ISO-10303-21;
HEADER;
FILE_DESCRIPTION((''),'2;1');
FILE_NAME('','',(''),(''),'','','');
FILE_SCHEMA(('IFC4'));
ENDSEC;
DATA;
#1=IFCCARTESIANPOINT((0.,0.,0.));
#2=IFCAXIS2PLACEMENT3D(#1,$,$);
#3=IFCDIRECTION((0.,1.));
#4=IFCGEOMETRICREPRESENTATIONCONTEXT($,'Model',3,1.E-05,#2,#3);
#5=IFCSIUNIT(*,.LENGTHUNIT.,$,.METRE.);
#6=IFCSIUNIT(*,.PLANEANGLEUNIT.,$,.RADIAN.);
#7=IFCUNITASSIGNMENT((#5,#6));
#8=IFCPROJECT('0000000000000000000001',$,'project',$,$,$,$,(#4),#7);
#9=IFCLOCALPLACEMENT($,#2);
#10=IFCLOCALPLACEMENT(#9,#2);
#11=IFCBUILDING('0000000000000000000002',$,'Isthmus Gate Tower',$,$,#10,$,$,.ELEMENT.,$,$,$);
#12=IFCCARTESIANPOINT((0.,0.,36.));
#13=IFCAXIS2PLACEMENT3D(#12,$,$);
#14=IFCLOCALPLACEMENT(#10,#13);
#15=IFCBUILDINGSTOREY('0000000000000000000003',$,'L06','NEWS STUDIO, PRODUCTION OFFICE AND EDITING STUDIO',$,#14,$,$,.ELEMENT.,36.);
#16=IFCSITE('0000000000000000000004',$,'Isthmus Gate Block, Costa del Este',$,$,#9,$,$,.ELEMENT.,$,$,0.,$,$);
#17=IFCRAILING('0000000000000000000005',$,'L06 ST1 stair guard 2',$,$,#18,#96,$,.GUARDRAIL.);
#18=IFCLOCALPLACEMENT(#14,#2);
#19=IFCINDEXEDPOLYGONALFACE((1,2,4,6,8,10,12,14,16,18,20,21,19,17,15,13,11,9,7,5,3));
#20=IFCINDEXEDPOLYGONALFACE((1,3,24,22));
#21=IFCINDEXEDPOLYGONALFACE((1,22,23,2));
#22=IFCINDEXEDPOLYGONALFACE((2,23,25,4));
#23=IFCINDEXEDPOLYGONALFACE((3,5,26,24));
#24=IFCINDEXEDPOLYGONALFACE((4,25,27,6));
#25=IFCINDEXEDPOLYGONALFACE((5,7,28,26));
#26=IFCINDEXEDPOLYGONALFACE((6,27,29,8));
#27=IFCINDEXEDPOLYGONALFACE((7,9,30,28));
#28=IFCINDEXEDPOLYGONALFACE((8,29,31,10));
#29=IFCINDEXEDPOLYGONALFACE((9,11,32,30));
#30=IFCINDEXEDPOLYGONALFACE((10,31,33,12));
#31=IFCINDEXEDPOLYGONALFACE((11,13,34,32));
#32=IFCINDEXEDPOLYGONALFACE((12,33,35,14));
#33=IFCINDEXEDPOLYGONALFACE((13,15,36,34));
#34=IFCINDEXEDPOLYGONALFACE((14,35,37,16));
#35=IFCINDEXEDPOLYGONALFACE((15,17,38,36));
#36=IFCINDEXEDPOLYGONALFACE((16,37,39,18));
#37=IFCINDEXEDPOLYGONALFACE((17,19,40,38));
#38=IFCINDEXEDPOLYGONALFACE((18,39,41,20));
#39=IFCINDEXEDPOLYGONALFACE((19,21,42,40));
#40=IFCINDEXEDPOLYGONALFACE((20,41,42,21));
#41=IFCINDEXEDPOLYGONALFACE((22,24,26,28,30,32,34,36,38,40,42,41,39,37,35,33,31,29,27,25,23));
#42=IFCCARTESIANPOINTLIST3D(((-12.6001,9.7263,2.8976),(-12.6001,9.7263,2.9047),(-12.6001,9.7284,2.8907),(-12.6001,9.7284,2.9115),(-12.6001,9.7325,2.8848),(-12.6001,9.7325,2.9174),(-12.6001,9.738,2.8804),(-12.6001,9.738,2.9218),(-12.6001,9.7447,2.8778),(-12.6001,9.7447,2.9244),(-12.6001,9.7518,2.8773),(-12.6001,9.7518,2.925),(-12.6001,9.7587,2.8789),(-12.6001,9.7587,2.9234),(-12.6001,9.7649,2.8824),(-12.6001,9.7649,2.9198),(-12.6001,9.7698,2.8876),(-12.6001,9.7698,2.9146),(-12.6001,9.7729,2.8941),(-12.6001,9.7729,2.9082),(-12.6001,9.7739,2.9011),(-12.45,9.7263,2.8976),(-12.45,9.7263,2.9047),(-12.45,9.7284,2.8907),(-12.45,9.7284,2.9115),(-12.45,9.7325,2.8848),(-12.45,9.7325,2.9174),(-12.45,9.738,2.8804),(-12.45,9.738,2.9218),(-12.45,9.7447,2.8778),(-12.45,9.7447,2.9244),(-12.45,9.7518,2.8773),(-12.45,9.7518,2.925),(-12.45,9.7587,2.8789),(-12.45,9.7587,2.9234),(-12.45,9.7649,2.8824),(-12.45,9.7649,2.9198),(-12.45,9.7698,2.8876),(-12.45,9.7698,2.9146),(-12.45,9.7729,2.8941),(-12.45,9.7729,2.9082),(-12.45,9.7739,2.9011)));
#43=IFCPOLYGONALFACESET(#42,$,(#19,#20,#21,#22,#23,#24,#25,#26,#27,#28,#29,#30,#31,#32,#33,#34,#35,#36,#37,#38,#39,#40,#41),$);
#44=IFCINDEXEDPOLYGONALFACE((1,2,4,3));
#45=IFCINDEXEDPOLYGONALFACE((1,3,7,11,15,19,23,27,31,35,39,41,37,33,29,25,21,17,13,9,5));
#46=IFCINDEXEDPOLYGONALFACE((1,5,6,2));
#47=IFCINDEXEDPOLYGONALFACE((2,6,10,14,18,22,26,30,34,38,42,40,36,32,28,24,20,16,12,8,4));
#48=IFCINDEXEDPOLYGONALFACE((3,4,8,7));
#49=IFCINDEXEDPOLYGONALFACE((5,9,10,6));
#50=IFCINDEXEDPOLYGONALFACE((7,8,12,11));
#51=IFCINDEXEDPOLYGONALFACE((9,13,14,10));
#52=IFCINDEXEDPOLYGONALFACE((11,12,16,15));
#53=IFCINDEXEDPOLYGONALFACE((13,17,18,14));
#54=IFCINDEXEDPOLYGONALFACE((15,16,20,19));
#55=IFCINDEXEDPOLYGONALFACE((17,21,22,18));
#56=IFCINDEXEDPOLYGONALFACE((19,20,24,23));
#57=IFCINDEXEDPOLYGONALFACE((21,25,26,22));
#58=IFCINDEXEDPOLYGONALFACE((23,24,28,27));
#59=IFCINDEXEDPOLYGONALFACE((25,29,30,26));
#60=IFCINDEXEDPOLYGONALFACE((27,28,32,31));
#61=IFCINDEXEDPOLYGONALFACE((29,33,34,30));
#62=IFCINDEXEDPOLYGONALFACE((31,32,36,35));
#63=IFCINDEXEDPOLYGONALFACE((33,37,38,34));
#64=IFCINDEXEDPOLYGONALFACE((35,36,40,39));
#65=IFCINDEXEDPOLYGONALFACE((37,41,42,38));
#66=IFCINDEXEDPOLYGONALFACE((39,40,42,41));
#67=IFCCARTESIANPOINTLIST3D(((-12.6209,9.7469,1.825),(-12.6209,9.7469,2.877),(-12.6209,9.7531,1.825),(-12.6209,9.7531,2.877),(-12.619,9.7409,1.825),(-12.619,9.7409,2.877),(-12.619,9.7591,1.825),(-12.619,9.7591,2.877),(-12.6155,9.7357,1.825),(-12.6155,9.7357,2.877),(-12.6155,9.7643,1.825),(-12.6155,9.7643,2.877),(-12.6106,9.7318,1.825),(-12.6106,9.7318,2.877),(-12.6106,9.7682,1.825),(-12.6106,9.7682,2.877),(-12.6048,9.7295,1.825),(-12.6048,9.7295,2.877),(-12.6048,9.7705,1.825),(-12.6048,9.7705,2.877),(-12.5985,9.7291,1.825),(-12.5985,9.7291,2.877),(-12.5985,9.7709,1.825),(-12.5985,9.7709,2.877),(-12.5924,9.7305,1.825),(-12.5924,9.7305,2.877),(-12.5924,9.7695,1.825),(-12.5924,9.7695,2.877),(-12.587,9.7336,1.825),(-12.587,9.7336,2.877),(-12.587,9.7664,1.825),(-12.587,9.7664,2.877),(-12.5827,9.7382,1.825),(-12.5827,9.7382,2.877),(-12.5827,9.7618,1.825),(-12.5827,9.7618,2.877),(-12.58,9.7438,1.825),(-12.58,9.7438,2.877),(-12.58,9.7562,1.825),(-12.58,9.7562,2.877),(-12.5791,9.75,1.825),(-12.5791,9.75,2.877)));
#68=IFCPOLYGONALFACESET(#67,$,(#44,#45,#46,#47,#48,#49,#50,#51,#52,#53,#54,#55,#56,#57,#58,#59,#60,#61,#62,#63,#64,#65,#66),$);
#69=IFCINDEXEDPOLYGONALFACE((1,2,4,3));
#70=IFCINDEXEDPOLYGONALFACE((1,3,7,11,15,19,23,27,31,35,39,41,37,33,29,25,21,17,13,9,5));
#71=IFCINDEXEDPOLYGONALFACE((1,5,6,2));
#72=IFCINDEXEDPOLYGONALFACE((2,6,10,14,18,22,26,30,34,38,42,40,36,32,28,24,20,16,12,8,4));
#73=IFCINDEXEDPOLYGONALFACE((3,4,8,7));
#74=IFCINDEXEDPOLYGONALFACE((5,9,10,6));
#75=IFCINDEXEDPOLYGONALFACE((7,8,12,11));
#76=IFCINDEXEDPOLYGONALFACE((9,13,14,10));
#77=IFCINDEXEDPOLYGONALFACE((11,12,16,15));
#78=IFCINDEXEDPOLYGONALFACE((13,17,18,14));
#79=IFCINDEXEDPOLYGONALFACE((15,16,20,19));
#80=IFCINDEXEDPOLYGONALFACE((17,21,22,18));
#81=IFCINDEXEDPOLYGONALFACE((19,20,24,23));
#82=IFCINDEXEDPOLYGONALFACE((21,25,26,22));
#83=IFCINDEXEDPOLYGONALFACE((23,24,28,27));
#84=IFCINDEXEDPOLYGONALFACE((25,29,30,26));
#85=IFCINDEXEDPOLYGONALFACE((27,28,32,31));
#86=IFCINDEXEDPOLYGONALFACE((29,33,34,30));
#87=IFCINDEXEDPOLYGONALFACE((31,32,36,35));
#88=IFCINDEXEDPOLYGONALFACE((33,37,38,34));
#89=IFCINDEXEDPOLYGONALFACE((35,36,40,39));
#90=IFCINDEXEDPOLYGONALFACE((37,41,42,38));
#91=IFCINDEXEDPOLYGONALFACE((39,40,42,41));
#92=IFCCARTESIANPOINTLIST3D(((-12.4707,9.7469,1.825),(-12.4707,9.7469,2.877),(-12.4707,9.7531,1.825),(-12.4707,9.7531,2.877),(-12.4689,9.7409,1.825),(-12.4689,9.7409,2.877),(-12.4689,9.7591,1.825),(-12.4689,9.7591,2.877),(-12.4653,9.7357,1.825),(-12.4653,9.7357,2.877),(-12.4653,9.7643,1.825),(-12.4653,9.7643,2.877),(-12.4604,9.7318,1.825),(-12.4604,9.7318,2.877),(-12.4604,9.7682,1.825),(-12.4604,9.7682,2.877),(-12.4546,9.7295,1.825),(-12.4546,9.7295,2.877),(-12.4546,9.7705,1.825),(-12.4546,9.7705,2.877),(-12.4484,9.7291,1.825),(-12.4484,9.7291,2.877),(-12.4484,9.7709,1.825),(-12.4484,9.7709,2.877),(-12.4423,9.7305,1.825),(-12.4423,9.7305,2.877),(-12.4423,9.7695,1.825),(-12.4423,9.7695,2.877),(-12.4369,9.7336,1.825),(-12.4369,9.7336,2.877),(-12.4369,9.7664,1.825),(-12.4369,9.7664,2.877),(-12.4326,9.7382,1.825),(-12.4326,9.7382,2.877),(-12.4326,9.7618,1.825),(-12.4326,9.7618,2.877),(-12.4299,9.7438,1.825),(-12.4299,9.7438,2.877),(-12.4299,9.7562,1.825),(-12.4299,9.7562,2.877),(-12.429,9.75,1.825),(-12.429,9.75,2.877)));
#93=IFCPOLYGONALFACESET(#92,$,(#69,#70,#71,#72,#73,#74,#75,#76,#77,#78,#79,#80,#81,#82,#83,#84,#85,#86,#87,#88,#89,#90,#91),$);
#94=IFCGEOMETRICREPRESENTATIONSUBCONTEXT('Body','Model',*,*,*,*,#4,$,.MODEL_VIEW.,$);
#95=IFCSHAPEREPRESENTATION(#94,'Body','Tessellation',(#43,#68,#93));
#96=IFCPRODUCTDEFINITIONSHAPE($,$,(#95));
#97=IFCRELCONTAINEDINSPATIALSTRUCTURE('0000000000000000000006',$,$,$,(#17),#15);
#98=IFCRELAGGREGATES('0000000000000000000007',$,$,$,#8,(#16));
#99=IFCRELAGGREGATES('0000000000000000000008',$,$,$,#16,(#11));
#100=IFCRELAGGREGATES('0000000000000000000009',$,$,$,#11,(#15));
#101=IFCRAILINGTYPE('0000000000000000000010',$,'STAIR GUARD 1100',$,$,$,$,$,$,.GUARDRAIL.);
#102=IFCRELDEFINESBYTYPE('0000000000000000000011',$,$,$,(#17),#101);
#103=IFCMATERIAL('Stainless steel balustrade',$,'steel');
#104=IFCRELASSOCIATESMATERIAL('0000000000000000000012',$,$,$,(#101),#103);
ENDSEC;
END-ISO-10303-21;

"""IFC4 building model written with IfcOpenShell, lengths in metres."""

from ifc_helpers import new_model, si_unit, direction, frame, origin, origin_2d, place, context, subcontext, project, spatial, circle, extrude, material, type_object, element, save


model = new_model("IFC4")

# Units and contexts
model_context = context("Model", 3, precision=1e-05, world=origin(), true_north=direction((0.0, 1.0)))
body_context = subcontext(model_context, "Body", "Model", "MODEL_VIEW")
ifc_project = project(units=[si_unit("LENGTHUNIT", "METRE"), si_unit("PLANEANGLEUNIT", "RADIAN")], contexts=[model_context])

# Site, building, storey
site_placement = place(None, origin())
site = spatial("IfcSite", under=ifc_project, at=site_placement, Name="Isthmus Gate Block, Costa del Este", CompositionType="ELEMENT", RefElevation=0.0)
building_placement = place(site_placement, origin())
building = spatial("IfcBuilding", under=site, at=building_placement, Name="Isthmus Gate Tower", CompositionType="ELEMENT")
storey_placement = place(building_placement, frame((0.0, 0.0, 36.0)))
storey = spatial("IfcBuildingStorey", under=building, at=storey_placement, Name="L06", Description="NEWS STUDIO, PRODUCTION OFFICE AND EDITING STUDIO", CompositionType="ELEMENT", Elevation=36.0)

# Railing
ifc_material_1 = material(Name="Stainless steel balustrade", Category="steel")
railing_type_1 = type_object("IfcRailingType", Name="STAIR GUARD 1100", PredefinedType="GUARDRAIL", material=ifc_material_1)
railing_1_placement = place(storey_placement, frame((-12.6001, 9.75, 1.825)))
element("IfcRailing", 1, at=railing_1_placement, inside=storey, type_object=railing_type_1, Name="L06 ST1 stair guard 2", PredefinedType="GUARDRAIL", context=body_context, shape_type="SweptSolid", body=[
    extrude(circle(Radius=0.0239, at=origin_2d()), frame((0.0, 0.0, 1.0762), z_axis=(1.0, 0.0, 0.0), x_axis=(0.0, 1.0, 0.0)), (0.0, 0.0, 1.0), 0.1501),
    extrude(circle(Radius=0.021, at=origin_2d()), origin(), (0.0, 0.0, 1.0), 1.052),
    extrude(circle(Radius=0.021, at=origin_2d()), frame((0.1501, 0.0, 0.0)), (0.0, 0.0, 1.0), 1.052),
])

save(model, "model.ifc")
